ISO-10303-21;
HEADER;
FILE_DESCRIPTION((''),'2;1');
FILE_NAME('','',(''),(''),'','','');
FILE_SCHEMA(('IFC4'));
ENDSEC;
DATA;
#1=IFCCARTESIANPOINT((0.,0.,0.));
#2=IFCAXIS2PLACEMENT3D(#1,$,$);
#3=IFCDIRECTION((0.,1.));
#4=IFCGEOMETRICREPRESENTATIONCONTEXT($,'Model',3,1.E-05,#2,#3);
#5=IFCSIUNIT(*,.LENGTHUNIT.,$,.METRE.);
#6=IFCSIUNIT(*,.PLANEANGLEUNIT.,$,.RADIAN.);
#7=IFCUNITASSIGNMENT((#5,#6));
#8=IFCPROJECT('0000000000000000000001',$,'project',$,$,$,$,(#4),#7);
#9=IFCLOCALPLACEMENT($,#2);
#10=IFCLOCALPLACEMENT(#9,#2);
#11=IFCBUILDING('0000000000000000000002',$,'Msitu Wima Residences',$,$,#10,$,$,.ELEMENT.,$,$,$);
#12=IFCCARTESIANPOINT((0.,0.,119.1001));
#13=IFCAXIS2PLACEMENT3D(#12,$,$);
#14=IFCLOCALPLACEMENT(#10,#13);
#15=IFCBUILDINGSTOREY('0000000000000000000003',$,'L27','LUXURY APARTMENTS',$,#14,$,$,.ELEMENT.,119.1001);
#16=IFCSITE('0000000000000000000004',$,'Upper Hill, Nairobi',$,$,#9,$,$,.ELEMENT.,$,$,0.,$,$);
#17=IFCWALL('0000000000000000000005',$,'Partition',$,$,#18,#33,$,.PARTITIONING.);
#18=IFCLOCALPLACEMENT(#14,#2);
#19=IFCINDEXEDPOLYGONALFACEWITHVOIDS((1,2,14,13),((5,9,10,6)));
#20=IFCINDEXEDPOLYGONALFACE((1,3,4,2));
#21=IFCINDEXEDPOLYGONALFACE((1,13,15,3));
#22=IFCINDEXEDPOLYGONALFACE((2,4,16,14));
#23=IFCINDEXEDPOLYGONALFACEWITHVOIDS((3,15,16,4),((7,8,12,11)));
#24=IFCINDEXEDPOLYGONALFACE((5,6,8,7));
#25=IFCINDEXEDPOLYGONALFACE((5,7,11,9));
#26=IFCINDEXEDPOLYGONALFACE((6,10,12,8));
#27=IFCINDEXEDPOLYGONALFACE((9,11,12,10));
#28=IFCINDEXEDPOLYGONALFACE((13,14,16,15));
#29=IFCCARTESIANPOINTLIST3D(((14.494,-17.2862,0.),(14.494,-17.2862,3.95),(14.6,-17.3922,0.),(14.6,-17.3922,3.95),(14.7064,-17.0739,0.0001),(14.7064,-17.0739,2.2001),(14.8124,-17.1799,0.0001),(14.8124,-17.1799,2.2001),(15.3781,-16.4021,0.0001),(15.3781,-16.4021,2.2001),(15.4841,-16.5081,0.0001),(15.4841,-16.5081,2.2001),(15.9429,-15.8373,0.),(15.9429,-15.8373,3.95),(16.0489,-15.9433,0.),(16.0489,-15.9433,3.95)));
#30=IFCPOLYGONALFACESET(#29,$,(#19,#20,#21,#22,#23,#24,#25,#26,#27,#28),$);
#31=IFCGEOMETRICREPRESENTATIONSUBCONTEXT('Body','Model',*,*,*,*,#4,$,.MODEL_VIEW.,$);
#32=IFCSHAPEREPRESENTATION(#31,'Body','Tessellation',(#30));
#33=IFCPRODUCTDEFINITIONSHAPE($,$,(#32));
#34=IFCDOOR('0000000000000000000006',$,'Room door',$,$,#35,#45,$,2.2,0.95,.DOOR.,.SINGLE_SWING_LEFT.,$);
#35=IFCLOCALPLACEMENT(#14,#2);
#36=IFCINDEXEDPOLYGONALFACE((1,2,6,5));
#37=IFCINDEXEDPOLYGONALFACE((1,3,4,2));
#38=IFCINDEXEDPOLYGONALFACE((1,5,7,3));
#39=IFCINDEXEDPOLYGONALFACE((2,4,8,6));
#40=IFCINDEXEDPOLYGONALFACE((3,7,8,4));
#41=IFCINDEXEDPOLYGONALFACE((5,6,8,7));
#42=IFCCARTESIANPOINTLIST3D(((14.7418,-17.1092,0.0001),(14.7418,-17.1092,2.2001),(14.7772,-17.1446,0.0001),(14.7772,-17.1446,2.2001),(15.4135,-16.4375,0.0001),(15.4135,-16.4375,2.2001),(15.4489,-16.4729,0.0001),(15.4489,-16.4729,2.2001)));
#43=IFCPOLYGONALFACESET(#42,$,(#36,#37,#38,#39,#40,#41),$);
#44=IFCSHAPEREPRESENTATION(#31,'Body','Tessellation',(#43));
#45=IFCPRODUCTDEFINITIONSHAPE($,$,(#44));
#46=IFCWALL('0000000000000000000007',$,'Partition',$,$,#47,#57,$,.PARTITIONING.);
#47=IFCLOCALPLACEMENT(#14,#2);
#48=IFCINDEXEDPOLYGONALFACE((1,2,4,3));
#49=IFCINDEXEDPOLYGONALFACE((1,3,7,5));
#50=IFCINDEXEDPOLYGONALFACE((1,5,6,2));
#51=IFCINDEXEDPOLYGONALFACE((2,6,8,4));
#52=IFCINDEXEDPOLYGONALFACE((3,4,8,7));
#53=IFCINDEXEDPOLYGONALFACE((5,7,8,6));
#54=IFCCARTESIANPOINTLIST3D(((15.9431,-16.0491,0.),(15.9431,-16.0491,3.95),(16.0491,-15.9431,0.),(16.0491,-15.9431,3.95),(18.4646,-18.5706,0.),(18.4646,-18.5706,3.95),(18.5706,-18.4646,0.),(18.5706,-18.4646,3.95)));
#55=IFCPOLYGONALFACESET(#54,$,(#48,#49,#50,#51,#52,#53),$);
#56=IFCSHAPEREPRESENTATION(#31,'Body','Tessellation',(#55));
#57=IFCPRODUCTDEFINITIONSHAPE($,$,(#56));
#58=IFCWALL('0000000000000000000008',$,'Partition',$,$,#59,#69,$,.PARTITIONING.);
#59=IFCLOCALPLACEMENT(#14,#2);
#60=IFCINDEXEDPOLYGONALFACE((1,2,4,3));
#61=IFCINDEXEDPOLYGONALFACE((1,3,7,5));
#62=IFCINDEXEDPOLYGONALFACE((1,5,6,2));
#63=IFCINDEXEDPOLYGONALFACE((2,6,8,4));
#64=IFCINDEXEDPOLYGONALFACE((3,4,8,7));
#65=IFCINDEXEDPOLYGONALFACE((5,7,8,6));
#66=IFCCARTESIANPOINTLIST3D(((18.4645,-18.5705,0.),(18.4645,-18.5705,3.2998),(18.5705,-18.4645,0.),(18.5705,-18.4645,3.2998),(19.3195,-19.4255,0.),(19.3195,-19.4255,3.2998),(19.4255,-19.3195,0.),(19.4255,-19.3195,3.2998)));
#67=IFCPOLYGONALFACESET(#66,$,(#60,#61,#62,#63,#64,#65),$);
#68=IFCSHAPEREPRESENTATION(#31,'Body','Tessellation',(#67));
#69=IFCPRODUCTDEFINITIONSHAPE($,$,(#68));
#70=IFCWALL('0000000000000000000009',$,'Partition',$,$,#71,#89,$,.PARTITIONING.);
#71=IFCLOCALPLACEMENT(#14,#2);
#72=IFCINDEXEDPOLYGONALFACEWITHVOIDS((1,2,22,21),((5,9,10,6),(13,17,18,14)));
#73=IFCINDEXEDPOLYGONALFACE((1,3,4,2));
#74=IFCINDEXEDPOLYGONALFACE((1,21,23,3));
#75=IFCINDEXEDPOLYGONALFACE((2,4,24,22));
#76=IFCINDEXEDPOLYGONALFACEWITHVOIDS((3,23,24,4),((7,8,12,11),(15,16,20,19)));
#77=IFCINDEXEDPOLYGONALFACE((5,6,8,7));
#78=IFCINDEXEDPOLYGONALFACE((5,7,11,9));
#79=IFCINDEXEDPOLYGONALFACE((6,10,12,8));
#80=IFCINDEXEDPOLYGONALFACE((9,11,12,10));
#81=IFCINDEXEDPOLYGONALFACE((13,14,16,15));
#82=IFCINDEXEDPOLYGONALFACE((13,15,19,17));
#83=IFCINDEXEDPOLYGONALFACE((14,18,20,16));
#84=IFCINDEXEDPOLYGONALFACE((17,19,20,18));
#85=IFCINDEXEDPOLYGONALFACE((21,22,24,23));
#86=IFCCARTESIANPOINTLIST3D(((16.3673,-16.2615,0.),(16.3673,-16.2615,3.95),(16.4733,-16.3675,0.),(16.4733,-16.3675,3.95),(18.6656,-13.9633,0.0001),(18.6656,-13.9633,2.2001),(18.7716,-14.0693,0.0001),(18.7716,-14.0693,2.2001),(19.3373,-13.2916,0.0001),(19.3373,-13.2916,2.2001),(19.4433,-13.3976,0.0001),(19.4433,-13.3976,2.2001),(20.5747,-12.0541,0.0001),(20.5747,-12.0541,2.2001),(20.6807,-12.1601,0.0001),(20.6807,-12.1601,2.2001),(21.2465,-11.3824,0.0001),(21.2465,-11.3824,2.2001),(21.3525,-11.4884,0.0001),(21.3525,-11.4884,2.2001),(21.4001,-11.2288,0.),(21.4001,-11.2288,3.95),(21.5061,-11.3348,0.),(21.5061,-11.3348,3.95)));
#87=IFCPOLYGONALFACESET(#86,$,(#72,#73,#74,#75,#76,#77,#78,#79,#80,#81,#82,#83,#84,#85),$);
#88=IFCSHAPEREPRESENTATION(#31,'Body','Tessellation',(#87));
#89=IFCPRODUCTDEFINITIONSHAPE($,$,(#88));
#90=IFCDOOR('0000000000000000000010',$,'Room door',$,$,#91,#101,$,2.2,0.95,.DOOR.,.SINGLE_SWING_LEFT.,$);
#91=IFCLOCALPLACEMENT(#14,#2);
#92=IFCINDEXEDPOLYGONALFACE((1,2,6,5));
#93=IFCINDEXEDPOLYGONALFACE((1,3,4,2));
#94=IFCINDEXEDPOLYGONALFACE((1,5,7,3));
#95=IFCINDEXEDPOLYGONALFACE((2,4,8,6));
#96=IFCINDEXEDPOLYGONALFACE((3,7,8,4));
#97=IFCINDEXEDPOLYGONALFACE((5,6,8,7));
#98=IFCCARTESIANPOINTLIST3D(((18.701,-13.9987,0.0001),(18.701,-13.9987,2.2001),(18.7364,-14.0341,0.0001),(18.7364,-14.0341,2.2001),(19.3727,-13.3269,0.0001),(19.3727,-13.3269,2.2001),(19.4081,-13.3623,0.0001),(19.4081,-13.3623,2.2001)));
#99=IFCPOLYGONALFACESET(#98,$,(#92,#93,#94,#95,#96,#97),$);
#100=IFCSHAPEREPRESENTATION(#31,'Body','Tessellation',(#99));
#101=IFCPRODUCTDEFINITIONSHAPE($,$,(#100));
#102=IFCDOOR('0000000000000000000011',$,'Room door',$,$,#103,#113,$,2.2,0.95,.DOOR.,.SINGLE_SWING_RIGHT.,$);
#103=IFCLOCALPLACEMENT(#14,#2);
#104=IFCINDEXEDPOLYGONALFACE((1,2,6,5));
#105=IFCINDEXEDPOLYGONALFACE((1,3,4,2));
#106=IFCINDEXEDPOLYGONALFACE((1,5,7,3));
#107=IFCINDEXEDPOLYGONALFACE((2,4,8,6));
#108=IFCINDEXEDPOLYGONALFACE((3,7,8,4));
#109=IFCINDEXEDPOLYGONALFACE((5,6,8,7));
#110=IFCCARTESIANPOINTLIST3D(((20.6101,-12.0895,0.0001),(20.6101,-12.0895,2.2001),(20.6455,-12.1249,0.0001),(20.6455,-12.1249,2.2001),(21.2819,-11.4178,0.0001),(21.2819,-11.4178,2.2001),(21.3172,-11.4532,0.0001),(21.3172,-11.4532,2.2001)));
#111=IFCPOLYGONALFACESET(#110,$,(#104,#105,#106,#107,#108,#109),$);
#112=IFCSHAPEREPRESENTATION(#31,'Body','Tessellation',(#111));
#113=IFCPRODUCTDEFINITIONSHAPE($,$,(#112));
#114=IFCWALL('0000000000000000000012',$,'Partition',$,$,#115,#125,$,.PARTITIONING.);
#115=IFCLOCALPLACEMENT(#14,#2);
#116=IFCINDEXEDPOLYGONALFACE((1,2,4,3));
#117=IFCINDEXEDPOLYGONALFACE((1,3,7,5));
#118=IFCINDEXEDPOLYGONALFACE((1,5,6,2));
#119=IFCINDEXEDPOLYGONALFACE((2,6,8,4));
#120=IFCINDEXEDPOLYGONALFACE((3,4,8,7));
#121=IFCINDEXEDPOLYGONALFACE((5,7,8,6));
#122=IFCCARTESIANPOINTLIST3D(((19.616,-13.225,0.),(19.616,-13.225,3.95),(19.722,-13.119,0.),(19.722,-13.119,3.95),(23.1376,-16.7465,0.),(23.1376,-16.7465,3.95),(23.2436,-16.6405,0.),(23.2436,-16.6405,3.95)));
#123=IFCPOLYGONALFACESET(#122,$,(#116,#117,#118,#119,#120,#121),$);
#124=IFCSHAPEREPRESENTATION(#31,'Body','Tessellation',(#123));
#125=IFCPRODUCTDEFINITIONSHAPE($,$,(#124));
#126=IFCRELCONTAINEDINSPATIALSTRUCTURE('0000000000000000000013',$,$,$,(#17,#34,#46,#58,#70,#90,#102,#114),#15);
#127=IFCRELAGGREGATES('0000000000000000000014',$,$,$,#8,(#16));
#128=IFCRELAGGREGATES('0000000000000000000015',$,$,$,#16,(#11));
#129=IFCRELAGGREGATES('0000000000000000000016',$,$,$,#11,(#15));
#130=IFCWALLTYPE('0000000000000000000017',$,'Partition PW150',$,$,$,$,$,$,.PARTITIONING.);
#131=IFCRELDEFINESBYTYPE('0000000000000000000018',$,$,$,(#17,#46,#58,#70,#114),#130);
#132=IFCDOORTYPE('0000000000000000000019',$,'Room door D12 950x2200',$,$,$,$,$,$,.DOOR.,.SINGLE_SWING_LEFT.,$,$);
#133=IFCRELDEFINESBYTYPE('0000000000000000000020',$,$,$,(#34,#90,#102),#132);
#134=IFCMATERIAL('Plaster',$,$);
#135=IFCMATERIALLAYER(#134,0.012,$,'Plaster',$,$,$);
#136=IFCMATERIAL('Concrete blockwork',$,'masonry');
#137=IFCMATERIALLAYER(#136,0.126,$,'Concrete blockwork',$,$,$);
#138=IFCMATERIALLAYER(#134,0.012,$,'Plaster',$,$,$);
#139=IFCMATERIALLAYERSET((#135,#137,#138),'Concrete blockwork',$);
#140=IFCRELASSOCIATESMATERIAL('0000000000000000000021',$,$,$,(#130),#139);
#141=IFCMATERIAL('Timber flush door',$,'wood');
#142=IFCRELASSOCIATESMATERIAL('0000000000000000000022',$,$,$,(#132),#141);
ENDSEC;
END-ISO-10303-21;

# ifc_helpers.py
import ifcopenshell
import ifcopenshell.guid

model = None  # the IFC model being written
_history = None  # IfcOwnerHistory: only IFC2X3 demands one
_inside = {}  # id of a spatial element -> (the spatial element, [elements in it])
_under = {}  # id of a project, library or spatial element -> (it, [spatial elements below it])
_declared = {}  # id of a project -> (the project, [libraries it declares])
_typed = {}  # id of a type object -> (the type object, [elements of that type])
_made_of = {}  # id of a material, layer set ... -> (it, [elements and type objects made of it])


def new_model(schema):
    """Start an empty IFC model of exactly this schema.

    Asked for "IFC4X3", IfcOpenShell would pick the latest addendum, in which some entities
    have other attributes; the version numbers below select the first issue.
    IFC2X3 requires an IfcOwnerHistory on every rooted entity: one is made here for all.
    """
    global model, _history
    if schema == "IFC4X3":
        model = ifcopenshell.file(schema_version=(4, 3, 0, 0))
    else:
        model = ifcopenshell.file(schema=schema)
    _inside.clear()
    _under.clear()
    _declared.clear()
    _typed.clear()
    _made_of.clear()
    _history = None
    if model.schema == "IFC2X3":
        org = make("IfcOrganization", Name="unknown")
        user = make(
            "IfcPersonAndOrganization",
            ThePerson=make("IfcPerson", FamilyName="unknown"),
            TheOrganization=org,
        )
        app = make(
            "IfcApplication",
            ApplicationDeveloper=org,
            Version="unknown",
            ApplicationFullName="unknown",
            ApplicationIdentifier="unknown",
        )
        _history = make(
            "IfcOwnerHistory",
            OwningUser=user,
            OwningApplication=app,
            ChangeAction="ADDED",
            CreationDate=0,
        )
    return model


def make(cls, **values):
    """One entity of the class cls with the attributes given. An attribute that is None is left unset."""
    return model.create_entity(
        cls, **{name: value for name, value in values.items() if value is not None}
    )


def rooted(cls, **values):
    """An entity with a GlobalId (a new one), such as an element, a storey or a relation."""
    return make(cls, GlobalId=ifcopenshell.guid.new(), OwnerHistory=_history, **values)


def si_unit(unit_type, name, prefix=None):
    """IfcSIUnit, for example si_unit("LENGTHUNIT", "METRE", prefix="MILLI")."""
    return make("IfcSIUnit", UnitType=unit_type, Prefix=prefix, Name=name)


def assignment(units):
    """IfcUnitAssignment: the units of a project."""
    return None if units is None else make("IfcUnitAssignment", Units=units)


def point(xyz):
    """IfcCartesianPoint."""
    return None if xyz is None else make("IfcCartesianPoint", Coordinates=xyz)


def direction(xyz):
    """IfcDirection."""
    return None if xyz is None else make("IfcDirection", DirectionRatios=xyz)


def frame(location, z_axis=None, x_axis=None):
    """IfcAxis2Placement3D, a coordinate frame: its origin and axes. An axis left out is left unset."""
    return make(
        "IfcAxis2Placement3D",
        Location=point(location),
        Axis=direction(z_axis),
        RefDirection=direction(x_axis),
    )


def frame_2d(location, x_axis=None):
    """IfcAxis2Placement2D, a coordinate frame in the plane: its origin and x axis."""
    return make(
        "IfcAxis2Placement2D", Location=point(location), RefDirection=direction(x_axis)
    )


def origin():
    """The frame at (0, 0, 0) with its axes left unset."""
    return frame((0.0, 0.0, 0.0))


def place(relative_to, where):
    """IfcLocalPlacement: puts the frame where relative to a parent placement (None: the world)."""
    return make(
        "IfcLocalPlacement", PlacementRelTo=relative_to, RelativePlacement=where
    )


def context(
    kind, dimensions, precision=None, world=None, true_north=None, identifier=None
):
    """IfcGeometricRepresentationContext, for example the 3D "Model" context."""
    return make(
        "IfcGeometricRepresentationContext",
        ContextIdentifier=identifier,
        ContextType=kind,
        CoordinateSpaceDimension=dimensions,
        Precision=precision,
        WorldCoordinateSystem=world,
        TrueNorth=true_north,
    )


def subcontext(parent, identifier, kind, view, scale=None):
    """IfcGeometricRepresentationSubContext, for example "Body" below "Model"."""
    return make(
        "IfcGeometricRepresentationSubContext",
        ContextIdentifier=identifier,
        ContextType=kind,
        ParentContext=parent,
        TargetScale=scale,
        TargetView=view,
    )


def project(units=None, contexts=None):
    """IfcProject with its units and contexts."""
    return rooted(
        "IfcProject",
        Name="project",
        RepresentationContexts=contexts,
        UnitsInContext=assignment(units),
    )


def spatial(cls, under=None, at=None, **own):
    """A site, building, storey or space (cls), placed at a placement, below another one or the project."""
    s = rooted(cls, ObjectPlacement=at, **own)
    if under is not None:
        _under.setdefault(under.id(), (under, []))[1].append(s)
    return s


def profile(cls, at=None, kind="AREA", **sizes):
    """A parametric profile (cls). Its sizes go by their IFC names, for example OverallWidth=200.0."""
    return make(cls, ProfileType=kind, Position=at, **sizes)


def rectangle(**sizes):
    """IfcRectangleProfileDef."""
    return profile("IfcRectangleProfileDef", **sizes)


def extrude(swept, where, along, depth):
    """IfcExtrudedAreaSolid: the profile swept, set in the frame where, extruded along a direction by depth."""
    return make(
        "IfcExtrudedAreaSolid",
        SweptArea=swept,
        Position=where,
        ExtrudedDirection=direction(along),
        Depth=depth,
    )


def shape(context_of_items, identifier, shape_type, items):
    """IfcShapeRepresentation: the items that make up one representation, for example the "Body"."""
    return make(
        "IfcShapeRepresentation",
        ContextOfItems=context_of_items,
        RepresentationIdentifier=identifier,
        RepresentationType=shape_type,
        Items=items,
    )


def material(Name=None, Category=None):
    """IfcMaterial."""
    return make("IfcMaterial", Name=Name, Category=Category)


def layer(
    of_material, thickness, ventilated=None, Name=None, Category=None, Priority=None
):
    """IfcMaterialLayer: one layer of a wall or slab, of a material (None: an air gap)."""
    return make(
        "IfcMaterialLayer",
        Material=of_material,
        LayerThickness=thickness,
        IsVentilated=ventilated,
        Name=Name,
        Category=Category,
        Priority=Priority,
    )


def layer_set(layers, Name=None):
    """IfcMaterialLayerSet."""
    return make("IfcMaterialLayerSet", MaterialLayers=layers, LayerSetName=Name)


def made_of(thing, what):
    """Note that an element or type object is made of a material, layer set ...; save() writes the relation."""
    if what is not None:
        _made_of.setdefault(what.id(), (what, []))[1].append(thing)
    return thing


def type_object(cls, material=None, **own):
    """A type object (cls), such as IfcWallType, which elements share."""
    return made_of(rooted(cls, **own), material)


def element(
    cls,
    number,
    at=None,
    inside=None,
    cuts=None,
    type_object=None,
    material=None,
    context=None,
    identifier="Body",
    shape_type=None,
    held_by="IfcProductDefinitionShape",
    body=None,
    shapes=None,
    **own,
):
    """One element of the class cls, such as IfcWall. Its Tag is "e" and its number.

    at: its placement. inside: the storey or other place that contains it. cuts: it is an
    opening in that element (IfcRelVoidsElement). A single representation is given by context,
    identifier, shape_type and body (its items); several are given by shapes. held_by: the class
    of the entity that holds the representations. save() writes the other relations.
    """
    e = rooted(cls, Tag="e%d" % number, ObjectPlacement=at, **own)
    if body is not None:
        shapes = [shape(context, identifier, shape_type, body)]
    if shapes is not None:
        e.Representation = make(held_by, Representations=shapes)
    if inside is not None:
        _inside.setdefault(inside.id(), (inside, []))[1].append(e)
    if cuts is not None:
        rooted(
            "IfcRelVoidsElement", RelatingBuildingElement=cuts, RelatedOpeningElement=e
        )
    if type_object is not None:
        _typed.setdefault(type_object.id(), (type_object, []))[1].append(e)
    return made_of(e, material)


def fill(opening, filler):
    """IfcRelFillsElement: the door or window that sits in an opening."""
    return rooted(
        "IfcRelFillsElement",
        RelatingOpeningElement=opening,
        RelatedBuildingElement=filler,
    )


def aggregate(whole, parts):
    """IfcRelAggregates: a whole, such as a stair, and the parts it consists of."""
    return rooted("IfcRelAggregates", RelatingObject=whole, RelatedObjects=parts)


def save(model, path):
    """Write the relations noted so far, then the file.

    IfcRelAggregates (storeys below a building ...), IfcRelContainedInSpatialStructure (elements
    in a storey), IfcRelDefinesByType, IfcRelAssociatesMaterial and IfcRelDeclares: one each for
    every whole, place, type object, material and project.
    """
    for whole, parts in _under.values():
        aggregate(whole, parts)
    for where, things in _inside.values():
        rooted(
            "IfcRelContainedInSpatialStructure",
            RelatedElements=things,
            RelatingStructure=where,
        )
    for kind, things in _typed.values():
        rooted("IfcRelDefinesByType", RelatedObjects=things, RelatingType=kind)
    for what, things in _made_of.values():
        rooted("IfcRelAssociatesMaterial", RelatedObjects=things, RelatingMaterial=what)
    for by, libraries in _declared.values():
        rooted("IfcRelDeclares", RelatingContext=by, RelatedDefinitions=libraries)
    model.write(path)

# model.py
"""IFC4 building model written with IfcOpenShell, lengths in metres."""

from ifc_helpers import new_model, si_unit, direction, frame, frame_2d, origin, place, context, subcontext, project, spatial, rectangle, extrude, material, layer, layer_set, type_object, element, fill, save


model = new_model("IFC4")

# Units and contexts
model_context = context("Model", 3, precision=1e-05, world=origin(), true_north=direction((0.0, 1.0)))
body_context = subcontext(model_context, "Body", "Model", "MODEL_VIEW")
ifc_project = project(units=[si_unit("LENGTHUNIT", "METRE"), si_unit("PLANEANGLEUNIT", "RADIAN")], contexts=[model_context])

# Site, building, storey
site_placement = place(None, origin())
site = spatial("IfcSite", under=ifc_project, at=site_placement, Name="Upper Hill, Nairobi", CompositionType="ELEMENT", RefElevation=0.0)
building_placement = place(site_placement, origin())
building = spatial("IfcBuilding", under=site, at=building_placement, Name="Msitu Wima Residences", CompositionType="ELEMENT")
storey_placement = place(building_placement, frame((0.0, 0.0, 119.1001)))
storey = spatial("IfcBuildingStorey", under=building, at=storey_placement, Name="L27", Description="LUXURY APARTMENTS", CompositionType="ELEMENT", Elevation=119.1001)

# Wall, opening, door
ifc_material_1 = material(Name="Plaster")
ifc_material_2 = material(Name="Concrete blockwork", Category="masonry")
ifc_layer_1 = layer(ifc_material_1, 0.012, Name="Plaster")
ifc_layer_2 = layer(ifc_material_2, 0.126, Name="Concrete blockwork")
ifc_layer_3 = layer(ifc_material_1, 0.012, Name="Plaster")
ifc_layer_set_1 = layer_set([ifc_layer_1, ifc_layer_2, ifc_layer_3], Name="Concrete blockwork")
wall_type_1 = type_object("IfcWallType", Name="Partition PW150", PredefinedType="PARTITIONING", material=ifc_layer_set_1)
wall_1_placement = place(storey_placement, frame((14.5471, -17.3391, 0.0), z_axis=(0.0, 0.0, 1.0), x_axis=(0.707107, 0.707107, 0.0)))
wall_1 = element("IfcWall", 1, at=wall_1_placement, inside=storey, type_object=wall_type_1, Name="Partition", PredefinedType="PARTITIONING", context=body_context, shape_type="SweptSolid", body=[
    extrude(rectangle(XDim=2.0491, YDim=0.1499, at=frame_2d((1.0244, 0.0))), origin(), (0.0, 0.0, 1.0), 3.95),
])
opening_1_placement = place(wall_1_placement, frame((0.3, 0.0, 0.0)))
opening_1 = element("IfcOpeningElement", 2, at=opening_1_placement, cuts=wall_1, PredefinedType="OPENING", context=body_context, shape_type="SweptSolid", body=[
    extrude(rectangle(XDim=0.95, YDim=2.2, at=frame_2d((0.4751, 1.1001))), frame((0.0, 0.085, 0.0), z_axis=(0.0, -1.0, 0.0), x_axis=(1.0, 0.0, 0.0)), (0.0, 0.0, 1.0), 0.1699),
])
ifc_material_3 = material(Name="Timber flush door", Category="wood")
door_type_1 = type_object("IfcDoorType", Name="Room door D12 950x2200", OperationType="SINGLE_SWING_LEFT", PredefinedType="DOOR", material=ifc_material_3)
door_1_placement = place(opening_1_placement, origin())
door_1 = element("IfcDoor", 3, at=door_1_placement, inside=storey, type_object=door_type_1, Name="Room door", OperationType="SINGLE_SWING_LEFT", OverallHeight=2.2, OverallWidth=0.95, PredefinedType="DOOR", context=body_context, shape_type="SweptSolid", body=[
    extrude(rectangle(XDim=0.95, YDim=2.2, at=frame_2d((0.4751, 1.1001))), frame((0.0, 0.0249, 0.0), z_axis=(0.0, -1.0, 0.0), x_axis=(1.0, 0.0, 0.0)), (0.0, 0.0, 1.0), 0.05),
])
fill(opening_1, door_1)

# Walls
wall_2_placement = place(storey_placement, frame((15.9961, -15.9961, 0.0), z_axis=(0.0, 0.0, 1.0), x_axis=(0.707107, -0.707107, 0.0)))
element("IfcWall", 4, at=wall_2_placement, inside=storey, type_object=wall_type_1, Name="Partition", PredefinedType="PARTITIONING", context=body_context, shape_type="SweptSolid", body=[
    extrude(rectangle(XDim=3.5659, YDim=0.1499, at=frame_2d((1.783, 0.0))), origin(), (0.0, 0.0, 1.0), 3.95),
])
wall_3_placement = place(storey_placement, frame((18.5176, -18.5176, 0.0), z_axis=(0.0, 0.0, 1.0), x_axis=(0.707107, -0.707107, 0.0)))
element("IfcWall", 5, at=wall_3_placement, inside=storey, type_object=wall_type_1, Name="Partition", PredefinedType="PARTITIONING", context=body_context, shape_type="SweptSolid", body=[
    extrude(rectangle(XDim=1.2092, YDim=0.1499, at=frame_2d((0.6045, 0.0))), origin(), (0.0, 0.0, 1.0), 3.2998),
])

# Wall, openings, doors
wall_4_placement = place(storey_placement, frame((16.4204, -16.3145, 0.0), z_axis=(0.0, 0.0, 1.0), x_axis=(0.707107, 0.707107, 0.0)))
wall_4 = element("IfcWall", 6, at=wall_4_placement, inside=storey, type_object=wall_type_1, Name="Partition", PredefinedType="PARTITIONING", context=body_context, shape_type="SweptSolid", body=[
    extrude(rectangle(XDim=7.1174, YDim=0.1499, at=frame_2d((3.5586, 0.0))), origin(), (0.0, 0.0, 1.0), 3.95),
])
opening_2_placement = place(wall_4_placement, frame((3.25, 0.0, 0.0)))
opening_2 = element("IfcOpeningElement", 7, at=opening_2_placement, cuts=wall_4, PredefinedType="OPENING", context=body_context, shape_type="SweptSolid", body=[
    extrude(rectangle(XDim=0.95, YDim=2.2, at=frame_2d((0.4751, 1.1001))), frame((0.0, 0.085, 0.0), z_axis=(0.0, -1.0, 0.0), x_axis=(1.0, 0.0, 0.0)), (0.0, 0.0, 1.0), 0.1699),
])
opening_3_placement = place(wall_4_placement, frame((5.95, 0.0, 0.0)))
opening_3 = element("IfcOpeningElement", 8, at=opening_3_placement, cuts=wall_4, PredefinedType="OPENING", context=body_context, shape_type="SweptSolid", body=[
    extrude(rectangle(XDim=0.95, YDim=2.2, at=frame_2d((0.4751, 1.1001))), frame((0.0, 0.085, 0.0), z_axis=(0.0, -1.0, 0.0), x_axis=(1.0, 0.0, 0.0)), (0.0, 0.0, 1.0), 0.1699),
])
door_2_placement = place(opening_2_placement, origin())
door_2 = element("IfcDoor", 9, at=door_2_placement, inside=storey, type_object=door_type_1, Name="Room door", OperationType="SINGLE_SWING_LEFT", OverallHeight=2.2, OverallWidth=0.95, PredefinedType="DOOR", context=body_context, shape_type="SweptSolid", body=[
    extrude(rectangle(XDim=0.95, YDim=2.2, at=frame_2d((0.4751, 1.1001))), frame((0.0, 0.0249, 0.0), z_axis=(0.0, -1.0, 0.0), x_axis=(1.0, 0.0, 0.0)), (0.0, 0.0, 1.0), 0.05),
])
fill(opening_2, door_2)
door_3_placement = place(opening_3_placement, origin())
door_3 = element("IfcDoor", 10, at=door_3_placement, inside=storey, type_object=door_type_1, Name="Room door", OperationType="SINGLE_SWING_RIGHT", OverallHeight=2.2, OverallWidth=0.95, PredefinedType="DOOR", context=body_context, shape_type="SweptSolid", body=[
    extrude(rectangle(XDim=0.95, YDim=2.2, at=frame_2d((0.4751, 1.1001))), frame((0.0, 0.0249, 0.0), z_axis=(0.0, -1.0, 0.0), x_axis=(1.0, 0.0, 0.0)), (0.0, 0.0, 1.0), 0.05),
])
fill(opening_3, door_3)

# Wall
wall_5_placement = place(storey_placement, frame((19.6689, -13.1719, 0.0), z_axis=(0.0, 0.0, 1.0), x_axis=(0.707107, -0.707107, 0.0)))
element("IfcWall", 11, at=wall_5_placement, inside=storey, type_object=wall_type_1, Name="Partition", PredefinedType="PARTITIONING", context=body_context, shape_type="SweptSolid", body=[
    extrude(rectangle(XDim=4.9802, YDim=0.1499, at=frame_2d((2.4902, 0.0))), origin(), (0.0, 0.0, 1.0), 3.95),
])

save(model, "model.ifc")
